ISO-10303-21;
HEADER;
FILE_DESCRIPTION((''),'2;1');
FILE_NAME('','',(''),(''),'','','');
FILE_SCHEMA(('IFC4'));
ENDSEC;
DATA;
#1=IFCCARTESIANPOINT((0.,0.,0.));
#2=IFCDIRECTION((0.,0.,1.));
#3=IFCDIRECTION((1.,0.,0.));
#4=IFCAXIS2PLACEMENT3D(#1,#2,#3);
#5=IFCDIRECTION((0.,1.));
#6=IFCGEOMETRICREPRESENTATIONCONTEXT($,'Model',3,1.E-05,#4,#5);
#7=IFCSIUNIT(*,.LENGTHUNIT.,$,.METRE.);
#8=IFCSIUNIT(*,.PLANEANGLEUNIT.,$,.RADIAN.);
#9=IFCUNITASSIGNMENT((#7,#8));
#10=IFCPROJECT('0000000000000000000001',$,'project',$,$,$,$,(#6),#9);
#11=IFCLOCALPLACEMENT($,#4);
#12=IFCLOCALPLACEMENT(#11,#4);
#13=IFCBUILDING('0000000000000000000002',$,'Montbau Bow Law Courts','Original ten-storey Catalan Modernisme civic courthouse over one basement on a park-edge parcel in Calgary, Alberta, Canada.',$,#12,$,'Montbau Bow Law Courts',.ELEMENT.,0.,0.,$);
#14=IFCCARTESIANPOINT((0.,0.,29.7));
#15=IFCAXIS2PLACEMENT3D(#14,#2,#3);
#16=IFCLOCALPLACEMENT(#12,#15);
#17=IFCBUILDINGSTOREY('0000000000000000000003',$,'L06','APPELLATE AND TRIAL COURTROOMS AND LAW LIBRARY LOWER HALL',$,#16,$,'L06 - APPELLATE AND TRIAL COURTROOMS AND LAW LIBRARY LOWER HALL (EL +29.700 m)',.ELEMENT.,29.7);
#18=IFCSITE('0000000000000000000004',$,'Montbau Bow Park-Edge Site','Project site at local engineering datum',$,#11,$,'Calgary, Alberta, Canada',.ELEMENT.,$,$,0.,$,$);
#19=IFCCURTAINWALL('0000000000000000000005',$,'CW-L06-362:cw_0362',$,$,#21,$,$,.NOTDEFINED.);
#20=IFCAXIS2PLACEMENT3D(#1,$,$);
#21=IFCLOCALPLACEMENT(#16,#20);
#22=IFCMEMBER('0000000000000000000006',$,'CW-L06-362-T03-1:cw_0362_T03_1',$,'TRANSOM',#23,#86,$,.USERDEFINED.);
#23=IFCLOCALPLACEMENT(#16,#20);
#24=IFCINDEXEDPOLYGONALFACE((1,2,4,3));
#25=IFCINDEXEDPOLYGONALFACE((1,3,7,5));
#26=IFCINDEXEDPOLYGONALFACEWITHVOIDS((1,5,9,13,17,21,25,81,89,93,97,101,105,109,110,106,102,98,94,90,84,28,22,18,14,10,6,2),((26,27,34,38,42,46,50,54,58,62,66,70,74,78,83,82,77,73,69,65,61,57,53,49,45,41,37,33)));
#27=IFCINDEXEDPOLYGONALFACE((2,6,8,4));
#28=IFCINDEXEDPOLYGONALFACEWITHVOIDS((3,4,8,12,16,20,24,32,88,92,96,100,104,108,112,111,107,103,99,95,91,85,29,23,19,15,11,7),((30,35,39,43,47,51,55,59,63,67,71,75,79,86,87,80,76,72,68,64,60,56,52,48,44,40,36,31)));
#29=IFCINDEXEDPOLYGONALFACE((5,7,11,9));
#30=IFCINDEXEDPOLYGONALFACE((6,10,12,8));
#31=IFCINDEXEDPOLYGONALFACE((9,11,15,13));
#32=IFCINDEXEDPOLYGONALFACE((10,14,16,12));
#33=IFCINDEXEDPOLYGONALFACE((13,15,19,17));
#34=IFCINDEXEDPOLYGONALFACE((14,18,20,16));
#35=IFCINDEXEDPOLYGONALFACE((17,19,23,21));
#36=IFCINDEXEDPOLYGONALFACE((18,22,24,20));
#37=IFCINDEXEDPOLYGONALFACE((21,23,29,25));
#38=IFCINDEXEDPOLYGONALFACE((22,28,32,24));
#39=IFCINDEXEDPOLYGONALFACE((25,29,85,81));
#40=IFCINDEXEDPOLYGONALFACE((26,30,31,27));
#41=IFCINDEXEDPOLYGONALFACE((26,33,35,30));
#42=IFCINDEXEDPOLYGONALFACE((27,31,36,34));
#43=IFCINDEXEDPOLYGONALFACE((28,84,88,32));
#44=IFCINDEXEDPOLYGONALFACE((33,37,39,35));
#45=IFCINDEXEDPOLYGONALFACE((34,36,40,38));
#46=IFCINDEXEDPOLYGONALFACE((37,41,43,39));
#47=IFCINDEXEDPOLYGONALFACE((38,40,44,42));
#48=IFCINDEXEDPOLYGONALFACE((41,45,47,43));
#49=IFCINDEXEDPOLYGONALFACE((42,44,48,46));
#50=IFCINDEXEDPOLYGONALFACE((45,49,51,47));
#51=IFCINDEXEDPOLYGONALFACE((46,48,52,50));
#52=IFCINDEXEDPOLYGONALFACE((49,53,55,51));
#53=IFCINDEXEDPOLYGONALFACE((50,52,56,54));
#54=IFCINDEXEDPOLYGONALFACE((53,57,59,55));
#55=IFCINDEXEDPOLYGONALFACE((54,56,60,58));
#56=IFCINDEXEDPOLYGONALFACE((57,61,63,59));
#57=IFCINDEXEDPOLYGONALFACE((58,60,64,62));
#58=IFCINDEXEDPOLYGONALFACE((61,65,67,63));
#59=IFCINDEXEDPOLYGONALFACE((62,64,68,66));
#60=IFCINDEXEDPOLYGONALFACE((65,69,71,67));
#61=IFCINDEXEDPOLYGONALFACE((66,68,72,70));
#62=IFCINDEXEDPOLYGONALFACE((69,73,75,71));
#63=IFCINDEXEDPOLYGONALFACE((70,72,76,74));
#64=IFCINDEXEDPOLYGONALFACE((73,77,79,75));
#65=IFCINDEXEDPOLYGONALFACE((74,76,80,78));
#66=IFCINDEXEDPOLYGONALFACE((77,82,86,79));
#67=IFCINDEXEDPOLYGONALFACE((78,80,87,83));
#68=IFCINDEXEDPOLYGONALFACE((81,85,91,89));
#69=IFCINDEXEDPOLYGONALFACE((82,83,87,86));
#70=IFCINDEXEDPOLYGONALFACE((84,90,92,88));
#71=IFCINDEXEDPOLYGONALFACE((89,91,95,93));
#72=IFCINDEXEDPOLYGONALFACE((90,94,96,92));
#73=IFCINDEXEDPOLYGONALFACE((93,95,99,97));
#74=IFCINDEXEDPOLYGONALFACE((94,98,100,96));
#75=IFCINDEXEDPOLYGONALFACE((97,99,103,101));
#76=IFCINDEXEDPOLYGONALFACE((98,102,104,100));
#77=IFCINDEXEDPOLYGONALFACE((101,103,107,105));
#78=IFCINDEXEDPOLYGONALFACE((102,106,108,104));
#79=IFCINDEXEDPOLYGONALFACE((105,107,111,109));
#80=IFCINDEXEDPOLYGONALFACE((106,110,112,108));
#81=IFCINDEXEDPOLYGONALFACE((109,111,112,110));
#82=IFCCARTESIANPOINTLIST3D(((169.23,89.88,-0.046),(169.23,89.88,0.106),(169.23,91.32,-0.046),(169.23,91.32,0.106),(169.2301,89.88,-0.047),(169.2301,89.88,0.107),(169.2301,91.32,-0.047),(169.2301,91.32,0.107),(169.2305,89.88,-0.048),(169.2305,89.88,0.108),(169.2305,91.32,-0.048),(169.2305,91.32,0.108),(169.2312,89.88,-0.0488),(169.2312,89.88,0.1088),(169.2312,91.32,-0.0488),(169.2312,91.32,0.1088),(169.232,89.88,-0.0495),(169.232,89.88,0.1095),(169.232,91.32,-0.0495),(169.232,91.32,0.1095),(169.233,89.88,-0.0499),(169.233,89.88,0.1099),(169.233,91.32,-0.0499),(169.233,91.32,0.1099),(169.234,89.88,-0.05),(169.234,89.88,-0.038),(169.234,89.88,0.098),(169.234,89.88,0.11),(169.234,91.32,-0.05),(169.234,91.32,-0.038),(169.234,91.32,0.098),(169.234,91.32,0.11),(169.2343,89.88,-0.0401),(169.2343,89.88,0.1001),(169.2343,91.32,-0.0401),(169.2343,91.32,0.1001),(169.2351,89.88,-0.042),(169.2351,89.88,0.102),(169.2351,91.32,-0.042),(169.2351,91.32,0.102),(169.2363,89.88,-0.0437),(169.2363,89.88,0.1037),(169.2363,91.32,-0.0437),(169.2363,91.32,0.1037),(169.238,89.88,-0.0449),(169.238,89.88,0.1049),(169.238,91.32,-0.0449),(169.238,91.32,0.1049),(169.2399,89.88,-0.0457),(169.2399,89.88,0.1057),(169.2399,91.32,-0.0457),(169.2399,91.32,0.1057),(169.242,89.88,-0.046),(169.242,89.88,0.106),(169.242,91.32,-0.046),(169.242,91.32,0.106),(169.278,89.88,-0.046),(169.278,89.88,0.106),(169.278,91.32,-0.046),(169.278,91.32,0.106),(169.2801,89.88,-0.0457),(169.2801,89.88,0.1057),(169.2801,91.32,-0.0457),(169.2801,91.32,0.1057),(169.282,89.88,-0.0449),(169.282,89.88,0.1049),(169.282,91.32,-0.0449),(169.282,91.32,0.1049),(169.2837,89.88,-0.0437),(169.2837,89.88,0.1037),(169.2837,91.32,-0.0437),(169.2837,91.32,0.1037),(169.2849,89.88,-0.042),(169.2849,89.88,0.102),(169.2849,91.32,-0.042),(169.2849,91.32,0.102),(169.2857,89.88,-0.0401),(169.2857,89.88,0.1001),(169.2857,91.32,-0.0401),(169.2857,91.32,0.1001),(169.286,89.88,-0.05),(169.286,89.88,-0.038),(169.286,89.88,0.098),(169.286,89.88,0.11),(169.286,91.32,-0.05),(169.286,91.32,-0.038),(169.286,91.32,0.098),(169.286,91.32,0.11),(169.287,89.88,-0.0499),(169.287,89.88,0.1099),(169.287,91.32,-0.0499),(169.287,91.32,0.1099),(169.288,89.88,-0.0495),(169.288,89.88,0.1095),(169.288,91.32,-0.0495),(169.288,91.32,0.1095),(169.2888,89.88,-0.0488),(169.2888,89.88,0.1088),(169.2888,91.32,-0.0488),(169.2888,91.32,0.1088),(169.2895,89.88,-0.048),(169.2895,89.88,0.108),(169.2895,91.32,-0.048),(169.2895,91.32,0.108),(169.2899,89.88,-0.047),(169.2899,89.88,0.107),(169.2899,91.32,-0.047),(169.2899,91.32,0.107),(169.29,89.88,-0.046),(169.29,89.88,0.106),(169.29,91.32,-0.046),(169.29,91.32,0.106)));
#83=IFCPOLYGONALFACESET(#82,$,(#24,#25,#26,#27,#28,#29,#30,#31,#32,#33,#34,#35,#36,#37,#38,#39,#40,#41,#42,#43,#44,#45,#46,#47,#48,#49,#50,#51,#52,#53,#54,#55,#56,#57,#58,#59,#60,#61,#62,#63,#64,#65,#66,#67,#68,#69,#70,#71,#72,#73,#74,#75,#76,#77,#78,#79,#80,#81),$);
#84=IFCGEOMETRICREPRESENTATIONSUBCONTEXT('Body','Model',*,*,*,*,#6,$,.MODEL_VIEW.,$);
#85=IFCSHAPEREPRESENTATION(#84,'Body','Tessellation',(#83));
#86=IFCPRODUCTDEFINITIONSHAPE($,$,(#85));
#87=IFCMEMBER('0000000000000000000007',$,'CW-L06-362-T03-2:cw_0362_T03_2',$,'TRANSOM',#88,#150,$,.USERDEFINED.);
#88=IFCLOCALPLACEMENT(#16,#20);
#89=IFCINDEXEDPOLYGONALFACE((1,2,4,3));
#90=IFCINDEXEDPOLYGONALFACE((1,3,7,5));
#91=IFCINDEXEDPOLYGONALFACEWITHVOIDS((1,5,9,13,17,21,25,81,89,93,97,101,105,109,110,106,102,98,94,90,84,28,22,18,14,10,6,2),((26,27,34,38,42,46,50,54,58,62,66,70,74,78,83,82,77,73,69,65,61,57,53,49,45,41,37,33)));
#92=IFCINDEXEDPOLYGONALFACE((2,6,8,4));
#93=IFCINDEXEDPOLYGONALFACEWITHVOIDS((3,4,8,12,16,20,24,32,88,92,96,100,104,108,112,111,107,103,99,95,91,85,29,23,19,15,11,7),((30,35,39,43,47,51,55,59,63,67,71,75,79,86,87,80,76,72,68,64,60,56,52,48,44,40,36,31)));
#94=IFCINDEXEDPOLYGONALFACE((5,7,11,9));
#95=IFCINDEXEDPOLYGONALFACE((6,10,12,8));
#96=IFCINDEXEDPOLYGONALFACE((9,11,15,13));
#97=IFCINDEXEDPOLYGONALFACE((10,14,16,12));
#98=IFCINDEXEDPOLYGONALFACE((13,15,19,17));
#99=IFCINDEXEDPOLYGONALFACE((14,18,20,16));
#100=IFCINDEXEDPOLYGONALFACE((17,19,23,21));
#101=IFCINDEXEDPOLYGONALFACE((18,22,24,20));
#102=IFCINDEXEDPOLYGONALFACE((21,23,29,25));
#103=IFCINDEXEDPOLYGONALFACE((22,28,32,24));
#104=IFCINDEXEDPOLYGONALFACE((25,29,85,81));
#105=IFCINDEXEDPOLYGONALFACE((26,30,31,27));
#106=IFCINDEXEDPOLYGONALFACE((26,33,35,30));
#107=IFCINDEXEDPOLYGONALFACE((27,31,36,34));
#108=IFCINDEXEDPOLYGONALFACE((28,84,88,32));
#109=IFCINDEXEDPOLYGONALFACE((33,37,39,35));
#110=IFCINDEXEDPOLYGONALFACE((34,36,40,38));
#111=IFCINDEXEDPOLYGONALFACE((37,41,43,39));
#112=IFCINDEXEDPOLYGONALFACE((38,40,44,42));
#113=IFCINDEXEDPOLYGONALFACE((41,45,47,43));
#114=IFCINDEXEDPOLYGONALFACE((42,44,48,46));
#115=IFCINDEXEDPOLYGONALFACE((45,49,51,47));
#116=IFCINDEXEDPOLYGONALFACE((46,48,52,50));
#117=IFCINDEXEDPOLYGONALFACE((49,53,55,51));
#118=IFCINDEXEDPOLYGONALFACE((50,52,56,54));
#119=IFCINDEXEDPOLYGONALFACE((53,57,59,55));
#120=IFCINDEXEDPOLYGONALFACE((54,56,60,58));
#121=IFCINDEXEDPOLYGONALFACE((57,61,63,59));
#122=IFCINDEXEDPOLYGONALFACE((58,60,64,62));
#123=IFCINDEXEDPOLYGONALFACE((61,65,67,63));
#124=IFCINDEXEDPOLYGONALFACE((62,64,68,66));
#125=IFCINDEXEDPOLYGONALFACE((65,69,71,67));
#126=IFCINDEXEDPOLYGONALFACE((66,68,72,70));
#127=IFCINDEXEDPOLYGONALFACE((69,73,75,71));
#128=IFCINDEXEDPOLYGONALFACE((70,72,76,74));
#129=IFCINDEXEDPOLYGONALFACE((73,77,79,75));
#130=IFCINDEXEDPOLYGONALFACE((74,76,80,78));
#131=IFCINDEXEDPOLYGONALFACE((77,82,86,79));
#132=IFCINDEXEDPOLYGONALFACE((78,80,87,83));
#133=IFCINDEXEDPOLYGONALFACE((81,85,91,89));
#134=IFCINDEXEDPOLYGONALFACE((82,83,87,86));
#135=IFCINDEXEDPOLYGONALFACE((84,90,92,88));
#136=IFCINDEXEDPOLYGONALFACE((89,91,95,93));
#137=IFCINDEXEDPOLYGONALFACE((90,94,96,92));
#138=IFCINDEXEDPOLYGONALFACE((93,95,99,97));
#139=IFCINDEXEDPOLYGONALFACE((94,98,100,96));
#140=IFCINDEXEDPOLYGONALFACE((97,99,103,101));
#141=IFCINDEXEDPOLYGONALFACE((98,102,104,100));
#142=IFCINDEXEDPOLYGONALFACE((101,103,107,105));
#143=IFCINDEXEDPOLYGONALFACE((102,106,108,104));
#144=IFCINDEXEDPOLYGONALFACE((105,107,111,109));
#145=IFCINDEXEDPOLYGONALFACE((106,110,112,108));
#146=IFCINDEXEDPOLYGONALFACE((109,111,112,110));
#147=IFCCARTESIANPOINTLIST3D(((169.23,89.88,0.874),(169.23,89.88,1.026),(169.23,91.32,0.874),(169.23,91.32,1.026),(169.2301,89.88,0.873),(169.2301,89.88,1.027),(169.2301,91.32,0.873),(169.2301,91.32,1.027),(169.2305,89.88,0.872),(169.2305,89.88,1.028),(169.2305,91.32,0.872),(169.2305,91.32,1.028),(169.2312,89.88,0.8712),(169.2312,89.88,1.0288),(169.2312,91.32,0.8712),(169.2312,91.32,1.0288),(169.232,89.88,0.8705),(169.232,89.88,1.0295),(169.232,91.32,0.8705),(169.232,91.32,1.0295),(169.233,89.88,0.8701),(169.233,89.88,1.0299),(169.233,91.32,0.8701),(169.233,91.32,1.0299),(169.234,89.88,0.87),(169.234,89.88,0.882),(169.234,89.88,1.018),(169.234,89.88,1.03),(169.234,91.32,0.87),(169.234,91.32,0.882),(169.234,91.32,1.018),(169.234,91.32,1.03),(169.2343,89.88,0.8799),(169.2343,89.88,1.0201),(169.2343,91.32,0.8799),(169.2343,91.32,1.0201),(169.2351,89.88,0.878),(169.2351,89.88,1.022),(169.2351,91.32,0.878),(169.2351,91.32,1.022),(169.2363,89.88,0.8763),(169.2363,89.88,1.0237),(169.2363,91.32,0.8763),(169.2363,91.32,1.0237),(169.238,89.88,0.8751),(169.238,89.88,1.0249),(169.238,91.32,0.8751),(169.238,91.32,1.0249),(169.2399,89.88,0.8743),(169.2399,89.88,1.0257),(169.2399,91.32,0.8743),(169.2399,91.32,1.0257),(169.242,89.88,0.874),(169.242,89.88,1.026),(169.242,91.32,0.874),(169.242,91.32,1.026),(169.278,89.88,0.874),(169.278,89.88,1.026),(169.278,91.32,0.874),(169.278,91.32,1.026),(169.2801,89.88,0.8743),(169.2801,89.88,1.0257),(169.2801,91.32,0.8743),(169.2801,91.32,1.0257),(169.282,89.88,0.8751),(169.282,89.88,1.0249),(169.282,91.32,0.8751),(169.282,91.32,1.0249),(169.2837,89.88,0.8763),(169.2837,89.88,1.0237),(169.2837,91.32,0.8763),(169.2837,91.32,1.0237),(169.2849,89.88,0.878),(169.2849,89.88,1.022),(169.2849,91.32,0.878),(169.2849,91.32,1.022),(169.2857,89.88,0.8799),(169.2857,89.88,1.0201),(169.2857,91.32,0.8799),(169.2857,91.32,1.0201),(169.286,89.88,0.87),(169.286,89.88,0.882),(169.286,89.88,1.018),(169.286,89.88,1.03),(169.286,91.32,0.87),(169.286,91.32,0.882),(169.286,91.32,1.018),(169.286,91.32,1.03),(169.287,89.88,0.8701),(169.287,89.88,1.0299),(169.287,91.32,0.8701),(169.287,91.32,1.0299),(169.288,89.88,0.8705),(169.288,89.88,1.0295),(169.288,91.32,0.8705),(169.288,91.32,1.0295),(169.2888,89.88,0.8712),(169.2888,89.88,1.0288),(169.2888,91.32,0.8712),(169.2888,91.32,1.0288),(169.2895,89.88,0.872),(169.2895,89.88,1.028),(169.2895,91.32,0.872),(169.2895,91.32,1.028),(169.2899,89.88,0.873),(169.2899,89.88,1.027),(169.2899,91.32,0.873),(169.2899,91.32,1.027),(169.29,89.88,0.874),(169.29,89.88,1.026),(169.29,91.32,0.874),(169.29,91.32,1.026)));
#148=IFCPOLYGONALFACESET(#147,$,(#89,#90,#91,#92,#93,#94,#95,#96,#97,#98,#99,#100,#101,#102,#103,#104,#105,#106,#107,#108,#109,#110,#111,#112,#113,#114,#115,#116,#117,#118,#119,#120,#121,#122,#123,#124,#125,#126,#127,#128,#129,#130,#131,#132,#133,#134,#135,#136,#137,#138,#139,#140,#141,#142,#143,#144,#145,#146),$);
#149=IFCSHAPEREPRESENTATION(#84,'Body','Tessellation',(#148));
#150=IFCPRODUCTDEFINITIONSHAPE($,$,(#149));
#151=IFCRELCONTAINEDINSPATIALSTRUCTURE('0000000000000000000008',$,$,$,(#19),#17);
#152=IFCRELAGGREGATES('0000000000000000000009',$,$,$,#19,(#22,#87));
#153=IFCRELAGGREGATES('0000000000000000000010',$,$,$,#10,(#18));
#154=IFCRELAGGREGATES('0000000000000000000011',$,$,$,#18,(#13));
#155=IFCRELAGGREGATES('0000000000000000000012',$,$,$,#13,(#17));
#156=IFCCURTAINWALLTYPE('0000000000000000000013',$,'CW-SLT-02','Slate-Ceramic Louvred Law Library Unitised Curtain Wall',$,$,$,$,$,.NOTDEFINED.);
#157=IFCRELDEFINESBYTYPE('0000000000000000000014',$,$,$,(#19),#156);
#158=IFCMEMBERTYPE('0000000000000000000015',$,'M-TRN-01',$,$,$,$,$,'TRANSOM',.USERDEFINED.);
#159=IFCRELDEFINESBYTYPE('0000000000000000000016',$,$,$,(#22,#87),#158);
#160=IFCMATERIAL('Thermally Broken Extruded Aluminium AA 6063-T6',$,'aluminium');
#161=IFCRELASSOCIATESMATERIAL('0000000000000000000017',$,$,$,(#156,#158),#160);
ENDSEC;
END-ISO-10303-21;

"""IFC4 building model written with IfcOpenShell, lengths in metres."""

from ifc_helpers import new_model, si_unit, direction, frame, origin_with_axes, origin_2d_with_axis, place, context, subcontext, project, spatial, hollow_rectangle, extrude, material, material_profile, profile_set, type_object, element, aggregate, save


model = new_model("IFC4")

# Units and contexts
model_context = context("Model", 3, precision=1e-05, world=origin_with_axes(), true_north=direction((0.0, 1.0)))
body_context = subcontext(model_context, "Body", "Model", "MODEL_VIEW")
ifc_project = project(units=[si_unit("LENGTHUNIT", "METRE"), si_unit("PLANEANGLEUNIT", "RADIAN")], contexts=[model_context])

# Site, building, storey
site_placement = place(None, origin_with_axes())
site = spatial("IfcSite", under=ifc_project, at=site_placement, Name="Montbau Bow Park-Edge Site", Description="Project site at local engineering datum", LongName="Calgary, Alberta, Canada", CompositionType="ELEMENT", RefElevation=0.0)
building_placement = place(site_placement, origin_with_axes())
building = spatial("IfcBuilding", under=site, at=building_placement, Name="Montbau Bow Law Courts", Description="Original ten-storey Catalan Modernisme civic courthouse over one basement on a park-edge parcel in Calgary, Alberta, Canada.", LongName="Montbau Bow Law Courts", CompositionType="ELEMENT", ElevationOfRefHeight=0.0, ElevationOfTerrain=0.0)
storey_placement = place(building_placement, frame((0.0, 0.0, 29.7), z_axis=(0.0, 0.0, 1.0), x_axis=(1.0, 0.0, 0.0)))
storey = spatial("IfcBuildingStorey", under=building, at=storey_placement, Name="L06", Description="APPELLATE AND TRIAL COURTROOMS AND LAW LIBRARY LOWER HALL", LongName="L06 - APPELLATE AND TRIAL COURTROOMS AND LAW LIBRARY LOWER HALL (EL +29.700 m)", CompositionType="ELEMENT", Elevation=29.7)

# Curtain wall, members
ifc_material_1 = material(Name="Thermally Broken Extruded Aluminium AA 6063-T6", Category="aluminium")
curtain_wall_type = type_object("IfcCurtainWallType", Name="CW-SLT-02", Description="Slate-Ceramic Louvred Law Library Unitised Curtain Wall", PredefinedType="NOTDEFINED", material=ifc_material_1)
curtain_wall_placement = place(None, frame((169.26, 86.84, 29.7), z_axis=(0.0, 0.0, 1.0), x_axis=(1.0, 0.0, 0.0)))
curtain_wall = element("IfcCurtainWall", 1, at=curtain_wall_placement, inside=storey, type_object=curtain_wall_type, Name="CW-L06-362:cw_0362", PredefinedType="NOTDEFINED")
ifc_material_profile_1 = material_profile(ifc_material_1, hollow_rectangle(XDim=0.06, YDim=0.16, WallThickness=0.004, InnerFilletRadius=0.008, OuterFilletRadius=0.004, at=origin_2d_with_axis()), Name="CWT-160X60", Category="Main", Priority=0)
ifc_profile_set_1 = profile_set([ifc_material_profile_1], Name="Thermally Broken Extruded Aluminium AA 6063-T6")
member_type_1 = type_object("IfcMemberType", Name="M-TRN-01", ElementType="TRANSOM", PredefinedType="USERDEFINED", material=ifc_profile_set_1)
member_1_placement = place(None, frame((169.26, 89.88, 29.73), z_axis=(0.0, 1.0, 0.0), x_axis=(-1.0, 0.0, 0.0)))
member_1 = element("IfcMember", 2, at=member_1_placement, type_object=member_type_1, Name="CW-L06-362-T03-1:cw_0362_T03_1", ObjectType="TRANSOM", PredefinedType="USERDEFINED", context=body_context, shape_type="SweptSolid", body=[
    extrude(hollow_rectangle(XDim=0.06, YDim=0.16, WallThickness=0.004, InnerFilletRadius=0.008, OuterFilletRadius=0.004, at=origin_2d_with_axis()), origin_with_axes(), (0.0, 0.0, 1.0), 1.44),
])
member_2_placement = place(None, frame((169.26, 89.88, 30.65), z_axis=(0.0, 1.0, 0.0), x_axis=(-1.0, 0.0, 0.0)))
member_2 = element("IfcMember", 3, at=member_2_placement, type_object=member_type_1, Name="CW-L06-362-T03-2:cw_0362_T03_2", ObjectType="TRANSOM", PredefinedType="USERDEFINED", context=body_context, shape_type="SweptSolid", body=[
    extrude(hollow_rectangle(XDim=0.06, YDim=0.16, WallThickness=0.004, InnerFilletRadius=0.008, OuterFilletRadius=0.004, at=origin_2d_with_axis()), origin_with_axes(), (0.0, 0.0, 1.0), 1.44),
])
aggregate(curtain_wall, [member_1, member_2])

save(model, "model.ifc")
